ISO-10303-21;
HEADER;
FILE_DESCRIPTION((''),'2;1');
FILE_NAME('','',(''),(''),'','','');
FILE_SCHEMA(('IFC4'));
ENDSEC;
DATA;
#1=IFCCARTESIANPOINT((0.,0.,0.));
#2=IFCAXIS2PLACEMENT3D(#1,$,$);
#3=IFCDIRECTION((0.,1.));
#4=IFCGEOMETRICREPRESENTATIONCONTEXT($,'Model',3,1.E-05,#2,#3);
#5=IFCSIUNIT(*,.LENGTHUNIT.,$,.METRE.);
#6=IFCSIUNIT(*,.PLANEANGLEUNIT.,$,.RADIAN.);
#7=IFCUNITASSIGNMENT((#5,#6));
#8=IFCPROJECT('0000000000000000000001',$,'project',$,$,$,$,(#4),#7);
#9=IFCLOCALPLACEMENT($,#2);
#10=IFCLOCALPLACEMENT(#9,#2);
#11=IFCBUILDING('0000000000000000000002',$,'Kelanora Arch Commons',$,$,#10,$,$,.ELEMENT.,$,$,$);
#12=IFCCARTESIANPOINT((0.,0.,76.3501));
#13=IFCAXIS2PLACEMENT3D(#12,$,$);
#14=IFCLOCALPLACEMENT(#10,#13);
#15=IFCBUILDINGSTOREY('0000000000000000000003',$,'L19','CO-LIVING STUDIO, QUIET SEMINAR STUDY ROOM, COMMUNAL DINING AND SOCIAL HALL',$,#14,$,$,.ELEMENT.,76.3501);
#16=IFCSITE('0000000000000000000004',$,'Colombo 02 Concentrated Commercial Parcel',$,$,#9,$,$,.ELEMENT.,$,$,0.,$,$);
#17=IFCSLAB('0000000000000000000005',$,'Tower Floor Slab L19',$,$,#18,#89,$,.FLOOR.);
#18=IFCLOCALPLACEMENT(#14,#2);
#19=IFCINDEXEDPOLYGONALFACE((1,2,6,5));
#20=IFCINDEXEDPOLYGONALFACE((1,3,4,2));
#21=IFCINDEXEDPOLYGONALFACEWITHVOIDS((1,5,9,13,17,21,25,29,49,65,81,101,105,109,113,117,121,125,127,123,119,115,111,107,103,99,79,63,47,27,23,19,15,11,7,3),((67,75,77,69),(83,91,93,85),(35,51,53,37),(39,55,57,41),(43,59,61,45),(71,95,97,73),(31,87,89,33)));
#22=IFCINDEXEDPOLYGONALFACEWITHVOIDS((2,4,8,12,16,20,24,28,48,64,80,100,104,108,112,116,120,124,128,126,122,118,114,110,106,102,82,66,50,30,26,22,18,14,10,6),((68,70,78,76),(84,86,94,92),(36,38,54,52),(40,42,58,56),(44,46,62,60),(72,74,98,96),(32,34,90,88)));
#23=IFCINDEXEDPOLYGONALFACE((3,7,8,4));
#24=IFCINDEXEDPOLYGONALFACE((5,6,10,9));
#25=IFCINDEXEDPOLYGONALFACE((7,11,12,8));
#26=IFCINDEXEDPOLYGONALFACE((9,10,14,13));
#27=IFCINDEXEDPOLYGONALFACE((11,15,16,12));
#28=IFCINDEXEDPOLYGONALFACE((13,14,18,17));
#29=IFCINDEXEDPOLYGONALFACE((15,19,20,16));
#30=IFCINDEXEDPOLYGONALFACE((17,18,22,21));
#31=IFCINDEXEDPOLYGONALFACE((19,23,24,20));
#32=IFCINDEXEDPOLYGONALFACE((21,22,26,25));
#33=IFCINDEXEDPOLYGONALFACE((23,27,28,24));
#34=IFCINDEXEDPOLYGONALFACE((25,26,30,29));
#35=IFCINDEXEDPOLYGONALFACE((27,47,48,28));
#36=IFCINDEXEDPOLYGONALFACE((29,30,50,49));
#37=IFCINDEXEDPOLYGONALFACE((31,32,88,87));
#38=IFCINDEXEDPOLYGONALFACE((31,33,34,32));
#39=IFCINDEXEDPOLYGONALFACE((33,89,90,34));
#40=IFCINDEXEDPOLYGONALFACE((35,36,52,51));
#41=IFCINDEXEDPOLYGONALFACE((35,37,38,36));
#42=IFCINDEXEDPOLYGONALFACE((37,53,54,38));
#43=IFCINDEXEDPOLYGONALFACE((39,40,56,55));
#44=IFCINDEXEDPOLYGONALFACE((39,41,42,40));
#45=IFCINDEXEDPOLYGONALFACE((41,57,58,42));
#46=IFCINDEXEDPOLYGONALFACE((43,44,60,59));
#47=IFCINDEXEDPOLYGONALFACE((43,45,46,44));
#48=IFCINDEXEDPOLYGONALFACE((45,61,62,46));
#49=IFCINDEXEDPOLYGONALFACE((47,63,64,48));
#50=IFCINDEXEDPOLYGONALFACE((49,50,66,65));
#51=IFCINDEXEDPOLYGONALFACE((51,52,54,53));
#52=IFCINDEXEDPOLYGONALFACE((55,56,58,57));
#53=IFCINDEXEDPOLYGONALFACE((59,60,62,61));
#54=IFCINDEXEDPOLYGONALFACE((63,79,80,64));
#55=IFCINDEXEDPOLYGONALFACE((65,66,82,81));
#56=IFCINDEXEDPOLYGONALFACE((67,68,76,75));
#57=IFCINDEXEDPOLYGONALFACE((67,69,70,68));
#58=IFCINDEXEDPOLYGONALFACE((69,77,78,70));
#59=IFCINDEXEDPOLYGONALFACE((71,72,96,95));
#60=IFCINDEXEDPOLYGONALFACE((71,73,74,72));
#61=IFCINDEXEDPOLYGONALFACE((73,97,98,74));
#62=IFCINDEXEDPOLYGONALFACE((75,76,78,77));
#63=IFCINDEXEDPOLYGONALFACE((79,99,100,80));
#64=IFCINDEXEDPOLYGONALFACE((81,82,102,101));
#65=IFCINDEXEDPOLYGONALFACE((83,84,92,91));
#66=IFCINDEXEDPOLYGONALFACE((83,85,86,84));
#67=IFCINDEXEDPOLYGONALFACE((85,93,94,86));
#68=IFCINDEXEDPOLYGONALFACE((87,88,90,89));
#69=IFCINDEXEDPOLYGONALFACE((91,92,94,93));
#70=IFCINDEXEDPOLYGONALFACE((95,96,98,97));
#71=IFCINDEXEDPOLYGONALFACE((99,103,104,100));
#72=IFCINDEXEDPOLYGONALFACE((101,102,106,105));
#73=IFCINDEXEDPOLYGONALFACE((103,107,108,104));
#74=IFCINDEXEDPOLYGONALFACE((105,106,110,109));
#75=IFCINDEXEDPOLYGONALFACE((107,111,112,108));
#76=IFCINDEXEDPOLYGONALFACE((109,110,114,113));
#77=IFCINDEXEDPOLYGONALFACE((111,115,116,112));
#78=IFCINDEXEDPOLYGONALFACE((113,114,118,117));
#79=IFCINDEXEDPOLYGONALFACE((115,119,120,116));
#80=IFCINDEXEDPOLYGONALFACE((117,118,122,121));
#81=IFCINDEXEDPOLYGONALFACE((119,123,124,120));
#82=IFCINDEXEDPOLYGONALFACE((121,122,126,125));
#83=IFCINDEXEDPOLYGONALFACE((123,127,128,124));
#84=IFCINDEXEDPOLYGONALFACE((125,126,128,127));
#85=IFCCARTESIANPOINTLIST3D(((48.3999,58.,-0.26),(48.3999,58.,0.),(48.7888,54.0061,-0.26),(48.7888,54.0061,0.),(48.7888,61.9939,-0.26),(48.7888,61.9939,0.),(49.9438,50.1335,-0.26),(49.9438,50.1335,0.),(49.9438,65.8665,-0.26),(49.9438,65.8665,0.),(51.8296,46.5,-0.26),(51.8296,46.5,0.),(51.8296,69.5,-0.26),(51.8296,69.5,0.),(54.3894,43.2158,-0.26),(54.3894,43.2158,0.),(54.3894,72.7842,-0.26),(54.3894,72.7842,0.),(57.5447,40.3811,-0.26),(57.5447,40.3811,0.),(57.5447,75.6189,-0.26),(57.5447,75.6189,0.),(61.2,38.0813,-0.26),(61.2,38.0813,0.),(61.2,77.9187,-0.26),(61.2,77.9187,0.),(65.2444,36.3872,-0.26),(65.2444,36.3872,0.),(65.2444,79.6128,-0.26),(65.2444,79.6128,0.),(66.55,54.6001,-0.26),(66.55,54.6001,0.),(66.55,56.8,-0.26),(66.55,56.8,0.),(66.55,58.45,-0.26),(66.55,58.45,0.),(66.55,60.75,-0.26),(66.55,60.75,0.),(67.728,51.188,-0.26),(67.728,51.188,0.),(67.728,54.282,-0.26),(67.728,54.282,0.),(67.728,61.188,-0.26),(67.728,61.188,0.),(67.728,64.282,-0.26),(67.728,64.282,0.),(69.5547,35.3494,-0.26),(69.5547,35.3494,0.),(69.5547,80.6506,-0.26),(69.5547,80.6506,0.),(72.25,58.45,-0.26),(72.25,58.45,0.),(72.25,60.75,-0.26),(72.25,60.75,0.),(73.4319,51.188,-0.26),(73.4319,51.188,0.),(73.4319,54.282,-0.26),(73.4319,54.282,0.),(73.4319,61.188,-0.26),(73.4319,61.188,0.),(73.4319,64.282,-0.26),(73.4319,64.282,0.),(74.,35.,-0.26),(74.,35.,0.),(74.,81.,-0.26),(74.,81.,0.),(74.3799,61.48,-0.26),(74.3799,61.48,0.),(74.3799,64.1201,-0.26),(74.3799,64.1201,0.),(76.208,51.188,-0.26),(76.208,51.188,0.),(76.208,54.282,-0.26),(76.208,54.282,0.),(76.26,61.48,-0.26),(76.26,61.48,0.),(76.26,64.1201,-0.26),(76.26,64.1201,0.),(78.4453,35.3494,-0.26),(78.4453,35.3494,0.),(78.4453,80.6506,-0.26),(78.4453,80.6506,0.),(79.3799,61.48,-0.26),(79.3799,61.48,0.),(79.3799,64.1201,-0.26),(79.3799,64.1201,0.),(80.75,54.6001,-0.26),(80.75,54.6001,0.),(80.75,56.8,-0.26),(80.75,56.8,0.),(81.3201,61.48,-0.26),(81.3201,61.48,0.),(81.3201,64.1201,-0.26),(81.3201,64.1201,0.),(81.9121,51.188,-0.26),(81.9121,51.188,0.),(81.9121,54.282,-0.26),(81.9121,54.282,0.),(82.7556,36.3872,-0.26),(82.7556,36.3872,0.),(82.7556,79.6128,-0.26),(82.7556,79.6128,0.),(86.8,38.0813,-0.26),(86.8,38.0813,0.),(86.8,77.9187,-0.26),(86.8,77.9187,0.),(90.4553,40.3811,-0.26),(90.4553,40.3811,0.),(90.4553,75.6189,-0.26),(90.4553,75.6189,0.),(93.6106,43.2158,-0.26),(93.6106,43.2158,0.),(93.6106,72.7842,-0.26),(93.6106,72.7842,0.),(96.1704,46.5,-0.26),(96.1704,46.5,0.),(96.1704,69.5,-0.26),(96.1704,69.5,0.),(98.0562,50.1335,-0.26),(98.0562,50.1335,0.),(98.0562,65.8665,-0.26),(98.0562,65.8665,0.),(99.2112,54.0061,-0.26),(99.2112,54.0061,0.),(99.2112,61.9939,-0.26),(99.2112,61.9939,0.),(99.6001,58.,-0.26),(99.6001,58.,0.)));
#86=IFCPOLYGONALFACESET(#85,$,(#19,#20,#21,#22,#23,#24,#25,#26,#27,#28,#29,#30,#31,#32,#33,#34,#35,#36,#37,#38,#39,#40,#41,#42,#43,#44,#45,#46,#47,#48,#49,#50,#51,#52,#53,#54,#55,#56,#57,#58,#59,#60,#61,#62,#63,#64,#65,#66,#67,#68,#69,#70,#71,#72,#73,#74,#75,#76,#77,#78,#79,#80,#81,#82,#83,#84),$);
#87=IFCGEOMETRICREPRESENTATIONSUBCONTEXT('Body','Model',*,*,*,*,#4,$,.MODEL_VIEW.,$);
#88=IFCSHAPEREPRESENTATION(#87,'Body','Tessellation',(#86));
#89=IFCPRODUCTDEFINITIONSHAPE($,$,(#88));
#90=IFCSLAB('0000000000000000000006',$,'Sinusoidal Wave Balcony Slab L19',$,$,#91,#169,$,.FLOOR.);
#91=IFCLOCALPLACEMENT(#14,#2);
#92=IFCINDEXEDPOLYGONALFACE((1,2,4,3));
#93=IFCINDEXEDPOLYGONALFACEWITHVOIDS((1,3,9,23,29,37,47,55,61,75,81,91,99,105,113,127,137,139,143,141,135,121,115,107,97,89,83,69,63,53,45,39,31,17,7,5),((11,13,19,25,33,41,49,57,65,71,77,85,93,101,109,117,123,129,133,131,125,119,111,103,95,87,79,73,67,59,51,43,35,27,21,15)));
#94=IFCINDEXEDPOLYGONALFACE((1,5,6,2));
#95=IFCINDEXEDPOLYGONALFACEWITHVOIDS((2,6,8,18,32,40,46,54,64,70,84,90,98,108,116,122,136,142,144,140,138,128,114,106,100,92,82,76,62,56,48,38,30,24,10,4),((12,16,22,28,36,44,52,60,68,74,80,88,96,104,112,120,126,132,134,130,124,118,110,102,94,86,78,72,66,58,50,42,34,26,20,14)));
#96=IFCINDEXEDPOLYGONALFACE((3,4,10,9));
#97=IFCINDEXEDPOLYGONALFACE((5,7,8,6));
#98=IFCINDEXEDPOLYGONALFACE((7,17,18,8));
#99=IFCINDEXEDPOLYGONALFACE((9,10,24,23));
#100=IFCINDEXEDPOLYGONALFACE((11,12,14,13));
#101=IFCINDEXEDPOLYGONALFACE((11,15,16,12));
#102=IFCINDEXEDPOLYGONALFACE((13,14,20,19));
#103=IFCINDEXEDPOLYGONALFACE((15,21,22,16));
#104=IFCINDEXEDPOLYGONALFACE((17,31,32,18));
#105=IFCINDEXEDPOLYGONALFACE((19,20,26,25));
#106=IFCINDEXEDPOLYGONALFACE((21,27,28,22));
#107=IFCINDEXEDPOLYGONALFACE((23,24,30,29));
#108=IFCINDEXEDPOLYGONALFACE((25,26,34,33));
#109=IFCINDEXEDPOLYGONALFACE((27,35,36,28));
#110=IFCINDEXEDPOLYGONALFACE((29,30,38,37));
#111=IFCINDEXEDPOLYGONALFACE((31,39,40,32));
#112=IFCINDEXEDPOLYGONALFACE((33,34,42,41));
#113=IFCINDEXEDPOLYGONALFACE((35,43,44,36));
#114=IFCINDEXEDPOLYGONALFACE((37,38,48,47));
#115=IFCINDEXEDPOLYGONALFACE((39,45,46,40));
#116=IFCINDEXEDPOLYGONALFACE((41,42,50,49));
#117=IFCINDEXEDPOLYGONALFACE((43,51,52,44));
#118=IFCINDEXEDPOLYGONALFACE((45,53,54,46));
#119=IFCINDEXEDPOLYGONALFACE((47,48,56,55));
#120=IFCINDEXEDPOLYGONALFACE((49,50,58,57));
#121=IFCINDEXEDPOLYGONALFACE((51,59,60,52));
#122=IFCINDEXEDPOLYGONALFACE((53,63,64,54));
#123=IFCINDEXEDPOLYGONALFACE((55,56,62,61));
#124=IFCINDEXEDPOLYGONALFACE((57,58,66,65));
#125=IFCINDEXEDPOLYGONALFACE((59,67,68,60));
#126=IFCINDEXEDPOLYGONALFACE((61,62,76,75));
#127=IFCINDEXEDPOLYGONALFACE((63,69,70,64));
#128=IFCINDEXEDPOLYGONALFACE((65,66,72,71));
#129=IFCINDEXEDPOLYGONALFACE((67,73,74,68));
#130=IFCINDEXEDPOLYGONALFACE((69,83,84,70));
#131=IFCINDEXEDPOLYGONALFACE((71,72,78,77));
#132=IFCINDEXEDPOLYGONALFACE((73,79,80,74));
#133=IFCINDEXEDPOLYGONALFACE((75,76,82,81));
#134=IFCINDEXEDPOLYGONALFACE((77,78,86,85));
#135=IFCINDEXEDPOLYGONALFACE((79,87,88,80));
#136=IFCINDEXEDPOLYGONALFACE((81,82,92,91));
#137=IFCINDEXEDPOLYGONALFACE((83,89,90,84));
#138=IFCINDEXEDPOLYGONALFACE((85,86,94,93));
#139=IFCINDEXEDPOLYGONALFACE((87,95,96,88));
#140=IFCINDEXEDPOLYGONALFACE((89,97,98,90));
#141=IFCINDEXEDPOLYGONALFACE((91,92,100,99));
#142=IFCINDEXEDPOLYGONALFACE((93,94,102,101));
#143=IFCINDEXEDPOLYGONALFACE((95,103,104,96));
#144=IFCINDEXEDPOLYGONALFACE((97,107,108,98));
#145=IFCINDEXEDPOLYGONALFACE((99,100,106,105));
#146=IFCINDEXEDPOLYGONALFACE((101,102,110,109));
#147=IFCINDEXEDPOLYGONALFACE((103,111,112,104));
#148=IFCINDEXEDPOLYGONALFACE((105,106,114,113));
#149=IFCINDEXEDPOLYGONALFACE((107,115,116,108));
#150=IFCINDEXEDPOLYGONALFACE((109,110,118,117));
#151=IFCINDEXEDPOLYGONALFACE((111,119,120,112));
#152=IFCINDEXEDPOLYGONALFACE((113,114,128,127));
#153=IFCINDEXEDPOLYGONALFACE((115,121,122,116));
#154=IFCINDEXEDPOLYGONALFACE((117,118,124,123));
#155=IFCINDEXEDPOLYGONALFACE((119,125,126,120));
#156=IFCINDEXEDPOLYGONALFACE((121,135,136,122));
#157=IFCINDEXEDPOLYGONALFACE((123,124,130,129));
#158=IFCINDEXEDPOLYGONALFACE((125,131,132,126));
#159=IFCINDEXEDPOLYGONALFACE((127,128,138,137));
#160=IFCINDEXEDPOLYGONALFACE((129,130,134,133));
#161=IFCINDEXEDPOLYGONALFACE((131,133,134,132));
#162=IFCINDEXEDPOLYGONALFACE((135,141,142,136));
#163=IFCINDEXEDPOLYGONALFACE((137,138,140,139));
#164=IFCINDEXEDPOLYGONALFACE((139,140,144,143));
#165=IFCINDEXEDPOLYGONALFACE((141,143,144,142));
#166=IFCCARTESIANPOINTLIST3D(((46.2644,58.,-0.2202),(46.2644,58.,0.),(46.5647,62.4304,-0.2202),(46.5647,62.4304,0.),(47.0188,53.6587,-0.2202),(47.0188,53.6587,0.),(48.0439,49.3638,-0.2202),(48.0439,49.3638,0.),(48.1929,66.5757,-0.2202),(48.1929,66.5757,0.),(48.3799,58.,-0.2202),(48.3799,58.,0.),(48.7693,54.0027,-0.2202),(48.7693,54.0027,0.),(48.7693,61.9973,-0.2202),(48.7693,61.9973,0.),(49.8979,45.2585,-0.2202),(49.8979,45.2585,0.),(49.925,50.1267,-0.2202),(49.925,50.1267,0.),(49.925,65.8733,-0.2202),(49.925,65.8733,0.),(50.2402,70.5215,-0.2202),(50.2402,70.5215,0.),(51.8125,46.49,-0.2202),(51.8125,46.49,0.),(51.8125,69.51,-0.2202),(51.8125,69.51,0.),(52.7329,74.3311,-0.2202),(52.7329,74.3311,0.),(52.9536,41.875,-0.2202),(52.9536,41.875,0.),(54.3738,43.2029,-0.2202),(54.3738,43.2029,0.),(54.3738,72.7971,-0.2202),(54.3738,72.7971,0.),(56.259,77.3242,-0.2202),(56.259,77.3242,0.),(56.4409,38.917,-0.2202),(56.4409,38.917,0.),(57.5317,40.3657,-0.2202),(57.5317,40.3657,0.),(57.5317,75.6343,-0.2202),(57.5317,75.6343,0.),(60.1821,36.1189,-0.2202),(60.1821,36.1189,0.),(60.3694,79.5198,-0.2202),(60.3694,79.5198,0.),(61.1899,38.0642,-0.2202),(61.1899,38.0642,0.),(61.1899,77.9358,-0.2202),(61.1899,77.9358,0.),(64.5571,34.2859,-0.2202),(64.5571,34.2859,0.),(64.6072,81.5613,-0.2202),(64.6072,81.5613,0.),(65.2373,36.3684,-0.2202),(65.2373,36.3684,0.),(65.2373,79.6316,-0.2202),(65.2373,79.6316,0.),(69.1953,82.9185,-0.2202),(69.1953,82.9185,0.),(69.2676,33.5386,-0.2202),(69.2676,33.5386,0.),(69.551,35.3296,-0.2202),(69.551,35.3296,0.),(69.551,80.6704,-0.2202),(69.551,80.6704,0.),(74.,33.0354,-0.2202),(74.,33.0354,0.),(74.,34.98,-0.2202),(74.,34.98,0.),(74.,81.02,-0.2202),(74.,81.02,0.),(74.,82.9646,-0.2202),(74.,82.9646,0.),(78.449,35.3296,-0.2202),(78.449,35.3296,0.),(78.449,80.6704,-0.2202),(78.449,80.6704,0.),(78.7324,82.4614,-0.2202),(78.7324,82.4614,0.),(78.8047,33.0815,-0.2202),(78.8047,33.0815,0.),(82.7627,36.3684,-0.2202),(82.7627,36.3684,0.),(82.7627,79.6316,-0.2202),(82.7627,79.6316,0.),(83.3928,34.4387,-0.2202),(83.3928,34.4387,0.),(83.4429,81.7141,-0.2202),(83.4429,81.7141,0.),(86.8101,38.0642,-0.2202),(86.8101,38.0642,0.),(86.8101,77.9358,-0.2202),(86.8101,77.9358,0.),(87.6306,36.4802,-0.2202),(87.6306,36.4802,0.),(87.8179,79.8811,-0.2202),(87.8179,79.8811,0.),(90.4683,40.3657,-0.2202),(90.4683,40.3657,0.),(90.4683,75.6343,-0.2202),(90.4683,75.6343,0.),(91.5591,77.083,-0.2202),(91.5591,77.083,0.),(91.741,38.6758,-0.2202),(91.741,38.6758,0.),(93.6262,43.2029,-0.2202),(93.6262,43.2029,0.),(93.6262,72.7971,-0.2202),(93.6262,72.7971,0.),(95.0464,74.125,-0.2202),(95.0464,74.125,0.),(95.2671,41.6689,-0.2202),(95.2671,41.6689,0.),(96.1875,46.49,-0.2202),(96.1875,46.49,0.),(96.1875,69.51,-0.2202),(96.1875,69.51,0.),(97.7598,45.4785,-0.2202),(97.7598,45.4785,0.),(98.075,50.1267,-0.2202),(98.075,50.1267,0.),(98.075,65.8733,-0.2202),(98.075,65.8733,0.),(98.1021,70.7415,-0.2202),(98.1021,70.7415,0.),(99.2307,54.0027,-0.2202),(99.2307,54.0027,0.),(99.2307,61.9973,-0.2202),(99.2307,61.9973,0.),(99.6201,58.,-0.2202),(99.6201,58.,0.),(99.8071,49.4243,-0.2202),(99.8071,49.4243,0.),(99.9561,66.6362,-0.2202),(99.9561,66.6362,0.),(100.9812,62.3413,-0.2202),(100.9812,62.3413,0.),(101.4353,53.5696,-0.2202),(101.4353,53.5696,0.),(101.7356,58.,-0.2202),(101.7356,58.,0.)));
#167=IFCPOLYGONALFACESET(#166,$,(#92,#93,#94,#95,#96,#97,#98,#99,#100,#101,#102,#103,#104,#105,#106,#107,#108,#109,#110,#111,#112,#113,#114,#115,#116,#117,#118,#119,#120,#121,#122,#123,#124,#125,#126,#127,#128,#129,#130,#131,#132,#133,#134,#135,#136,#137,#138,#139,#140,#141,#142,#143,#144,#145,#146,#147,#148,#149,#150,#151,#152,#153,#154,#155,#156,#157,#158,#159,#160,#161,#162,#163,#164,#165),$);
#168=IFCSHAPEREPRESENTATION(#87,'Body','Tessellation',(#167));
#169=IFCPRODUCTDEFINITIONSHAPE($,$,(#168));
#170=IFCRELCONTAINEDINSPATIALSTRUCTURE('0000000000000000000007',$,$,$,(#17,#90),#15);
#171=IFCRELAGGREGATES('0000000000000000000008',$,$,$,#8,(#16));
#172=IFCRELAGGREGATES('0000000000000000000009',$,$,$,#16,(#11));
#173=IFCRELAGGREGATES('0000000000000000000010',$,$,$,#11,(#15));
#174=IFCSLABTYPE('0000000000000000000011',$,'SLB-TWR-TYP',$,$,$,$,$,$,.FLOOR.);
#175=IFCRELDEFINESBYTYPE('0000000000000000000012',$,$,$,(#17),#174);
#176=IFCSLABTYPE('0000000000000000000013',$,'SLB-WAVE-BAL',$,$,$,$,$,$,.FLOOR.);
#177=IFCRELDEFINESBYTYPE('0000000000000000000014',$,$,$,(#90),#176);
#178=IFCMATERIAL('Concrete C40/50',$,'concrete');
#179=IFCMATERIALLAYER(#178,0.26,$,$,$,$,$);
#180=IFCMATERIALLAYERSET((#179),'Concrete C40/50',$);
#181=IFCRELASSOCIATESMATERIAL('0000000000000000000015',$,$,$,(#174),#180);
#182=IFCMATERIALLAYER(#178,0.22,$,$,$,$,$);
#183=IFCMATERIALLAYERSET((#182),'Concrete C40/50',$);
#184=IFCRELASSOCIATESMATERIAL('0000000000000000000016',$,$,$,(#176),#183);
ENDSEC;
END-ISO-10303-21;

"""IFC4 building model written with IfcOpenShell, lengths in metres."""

from ifc_helpers import new_model, si_unit, direction, frame, origin, place, context, subcontext, project, spatial, polyline, outline, extrude, material, layer, layer_set, type_object, element, save


model = new_model("IFC4")

# Units and contexts
model_context = context("Model", 3, precision=1e-05, world=origin(), true_north=direction((0.0, 1.0)))
body_context = subcontext(model_context, "Body", "Model", "MODEL_VIEW")
ifc_project = project(units=[si_unit("LENGTHUNIT", "METRE"), si_unit("PLANEANGLEUNIT", "RADIAN")], contexts=[model_context])

# Site, building, storey
site_placement = place(None, origin())
site = spatial("IfcSite", under=ifc_project, at=site_placement, Name="Colombo 02 Concentrated Commercial Parcel", CompositionType="ELEMENT", RefElevation=0.0)
building_placement = place(site_placement, origin())
building = spatial("IfcBuilding", under=site, at=building_placement, Name="Kelanora Arch Commons", CompositionType="ELEMENT")
storey_placement = place(building_placement, frame((0.0, 0.0, 76.3501)))
storey = spatial("IfcBuildingStorey", under=building, at=storey_placement, Name="L19", Description="CO-LIVING STUDIO, QUIET SEMINAR STUDY ROOM, COMMUNAL DINING AND SOCIAL HALL", CompositionType="ELEMENT", Elevation=76.3501)

# Shared definitions
ifc_material_1 = material(Name="Concrete C40/50", Category="concrete")

# Slabs
ifc_layer_1 = layer(ifc_material_1, 0.26)
ifc_layer_set_1 = layer_set([ifc_layer_1], Name="Concrete C40/50")
slab_type_1 = type_object("IfcSlabType", Name="SLB-TWR-TYP", PredefinedType="FLOOR", material=ifc_layer_set_1)
slab_1_placement = place(storey_placement, frame((0.0, 0.0, -0.26)))
element("IfcSlab", 1, at=slab_1_placement, inside=storey, type_object=slab_type_1, Name="Tower Floor Slab L19", PredefinedType="FLOOR", context=body_context, shape_type="SweptSolid", body=[
    extrude(outline(polyline([(99.6001, 58.0), (99.2112, 61.9939), (98.0562, 65.8665), (96.1704, 69.5), (93.6106, 72.7842), (90.4553, 75.6189), (86.8, 77.9187), (82.7556, 79.6128), (78.4453, 80.6506), (74.0, 81.0), (69.5547, 80.6506), (65.2444, 79.6128), (61.2, 77.9187), (57.5447, 75.6189), (54.3894, 72.7842), (51.8296, 69.5), (49.9438, 65.8665), (48.7888, 61.9939), (48.3999, 58.0), (48.7888, 54.0061), (49.9438, 50.1335), (51.8296, 46.5), (54.3894, 43.2158), (57.5447, 40.3811), (61.2, 38.0813), (65.2444, 36.3872), (69.5547, 35.3494), (74.0, 35.0), (78.4453, 35.3494), (82.7556, 36.3872), (86.8, 38.0813), (90.4553, 40.3811), (93.6106, 43.2158), (96.1704, 46.5), (98.0562, 50.1335), (99.2112, 54.0061), (99.6001, 58.0)]), holes=[polyline([(73.4319, 51.188), (67.728, 51.188), (67.728, 54.282), (73.4319, 54.282), (73.4319, 51.188)]), polyline([(76.208, 51.188), (76.208, 54.282), (81.9121, 54.282), (81.9121, 51.188), (76.208, 51.188)]), polyline([(66.55, 54.6001), (66.55, 56.8), (80.75, 56.8), (80.75, 54.6001), (66.55, 54.6001)]), polyline([(66.55, 58.45), (66.55, 60.75), (72.25, 60.75), (72.25, 58.45), (66.55, 58.45)]), polyline([(67.728, 61.188), (67.728, 64.282), (73.4319, 64.282), (73.4319, 61.188), (67.728, 61.188)]), polyline([(74.3799, 61.48), (74.3799, 64.1201), (76.26, 64.1201), (76.26, 61.48), (74.3799, 61.48)]), polyline([(79.3799, 61.48), (79.3799, 64.1201), (81.3201, 64.1201), (81.3201, 61.48), (79.3799, 61.48)])]), origin(), (0.0, 0.0, 1.0), 0.26),
])
ifc_layer_2 = layer(ifc_material_1, 0.22)
ifc_layer_set_2 = layer_set([ifc_layer_2], Name="Concrete C40/50")
slab_type_2 = type_object("IfcSlabType", Name="SLB-WAVE-BAL", PredefinedType="FLOOR", material=ifc_layer_set_2)
slab_2_placement = place(storey_placement, frame((0.0, 0.0, -0.2202)))
element("IfcSlab", 2, at=slab_2_placement, inside=storey, type_object=slab_type_2, Name="Sinusoidal Wave Balcony Slab L19", PredefinedType="FLOOR", context=body_context, shape_type="SweptSolid", body=[
    extrude(outline(polyline([(101.7356, 58.0), (100.9812, 62.3413), (99.9561, 66.6362), (98.1021, 70.7415), (95.0464, 74.125), (91.5591, 77.083), (87.8179, 79.8811), (83.4429, 81.7141), (78.7324, 82.4614), (74.0, 82.9646), (69.1953, 82.9185), (64.6072, 81.5613), (60.3694, 79.5198), (56.259, 77.3242), (52.7329, 74.3311), (50.2402, 70.5215), (48.1929, 66.5757), (46.5647, 62.4304), (46.2644, 58.0), (47.0188, 53.6587), (48.0439, 49.3638), (49.8979, 45.2585), (52.9536, 41.875), (56.4409, 38.917), (60.1821, 36.1189), (64.5571, 34.2859), (69.2676, 33.5386), (74.0, 33.0354), (78.8047, 33.0815), (83.3928, 34.4387), (87.6306, 36.4802), (91.741, 38.6758), (95.2671, 41.6689), (97.7598, 45.4785), (99.8071, 49.4243), (101.4353, 53.5696), (101.7356, 58.0)]), holes=[polyline([(99.2307, 54.0027), (98.075, 50.1267), (96.1875, 46.49), (93.6262, 43.2029), (90.4683, 40.3657), (86.8101, 38.0642), (82.7627, 36.3684), (78.449, 35.3296), (74.0, 34.98), (69.551, 35.3296), (65.2373, 36.3684), (61.1899, 38.0642), (57.5317, 40.3657), (54.3738, 43.2029), (51.8125, 46.49), (49.925, 50.1267), (48.7693, 54.0027), (48.3799, 58.0), (48.7693, 61.9973), (49.925, 65.8733), (51.8125, 69.51), (54.3738, 72.7971), (57.5317, 75.6343), (61.1899, 77.9358), (65.2373, 79.6316), (69.551, 80.6704), (74.0, 81.02), (78.449, 80.6704), (82.7627, 79.6316), (86.8101, 77.9358), (90.4683, 75.6343), (93.6262, 72.7971), (96.1875, 69.51), (98.075, 65.8733), (99.2307, 61.9973), (99.6201, 58.0), (99.2307, 54.0027)])]), origin(), (0.0, 0.0, 1.0), 0.2202),
])

save(model, "model.ifc")
